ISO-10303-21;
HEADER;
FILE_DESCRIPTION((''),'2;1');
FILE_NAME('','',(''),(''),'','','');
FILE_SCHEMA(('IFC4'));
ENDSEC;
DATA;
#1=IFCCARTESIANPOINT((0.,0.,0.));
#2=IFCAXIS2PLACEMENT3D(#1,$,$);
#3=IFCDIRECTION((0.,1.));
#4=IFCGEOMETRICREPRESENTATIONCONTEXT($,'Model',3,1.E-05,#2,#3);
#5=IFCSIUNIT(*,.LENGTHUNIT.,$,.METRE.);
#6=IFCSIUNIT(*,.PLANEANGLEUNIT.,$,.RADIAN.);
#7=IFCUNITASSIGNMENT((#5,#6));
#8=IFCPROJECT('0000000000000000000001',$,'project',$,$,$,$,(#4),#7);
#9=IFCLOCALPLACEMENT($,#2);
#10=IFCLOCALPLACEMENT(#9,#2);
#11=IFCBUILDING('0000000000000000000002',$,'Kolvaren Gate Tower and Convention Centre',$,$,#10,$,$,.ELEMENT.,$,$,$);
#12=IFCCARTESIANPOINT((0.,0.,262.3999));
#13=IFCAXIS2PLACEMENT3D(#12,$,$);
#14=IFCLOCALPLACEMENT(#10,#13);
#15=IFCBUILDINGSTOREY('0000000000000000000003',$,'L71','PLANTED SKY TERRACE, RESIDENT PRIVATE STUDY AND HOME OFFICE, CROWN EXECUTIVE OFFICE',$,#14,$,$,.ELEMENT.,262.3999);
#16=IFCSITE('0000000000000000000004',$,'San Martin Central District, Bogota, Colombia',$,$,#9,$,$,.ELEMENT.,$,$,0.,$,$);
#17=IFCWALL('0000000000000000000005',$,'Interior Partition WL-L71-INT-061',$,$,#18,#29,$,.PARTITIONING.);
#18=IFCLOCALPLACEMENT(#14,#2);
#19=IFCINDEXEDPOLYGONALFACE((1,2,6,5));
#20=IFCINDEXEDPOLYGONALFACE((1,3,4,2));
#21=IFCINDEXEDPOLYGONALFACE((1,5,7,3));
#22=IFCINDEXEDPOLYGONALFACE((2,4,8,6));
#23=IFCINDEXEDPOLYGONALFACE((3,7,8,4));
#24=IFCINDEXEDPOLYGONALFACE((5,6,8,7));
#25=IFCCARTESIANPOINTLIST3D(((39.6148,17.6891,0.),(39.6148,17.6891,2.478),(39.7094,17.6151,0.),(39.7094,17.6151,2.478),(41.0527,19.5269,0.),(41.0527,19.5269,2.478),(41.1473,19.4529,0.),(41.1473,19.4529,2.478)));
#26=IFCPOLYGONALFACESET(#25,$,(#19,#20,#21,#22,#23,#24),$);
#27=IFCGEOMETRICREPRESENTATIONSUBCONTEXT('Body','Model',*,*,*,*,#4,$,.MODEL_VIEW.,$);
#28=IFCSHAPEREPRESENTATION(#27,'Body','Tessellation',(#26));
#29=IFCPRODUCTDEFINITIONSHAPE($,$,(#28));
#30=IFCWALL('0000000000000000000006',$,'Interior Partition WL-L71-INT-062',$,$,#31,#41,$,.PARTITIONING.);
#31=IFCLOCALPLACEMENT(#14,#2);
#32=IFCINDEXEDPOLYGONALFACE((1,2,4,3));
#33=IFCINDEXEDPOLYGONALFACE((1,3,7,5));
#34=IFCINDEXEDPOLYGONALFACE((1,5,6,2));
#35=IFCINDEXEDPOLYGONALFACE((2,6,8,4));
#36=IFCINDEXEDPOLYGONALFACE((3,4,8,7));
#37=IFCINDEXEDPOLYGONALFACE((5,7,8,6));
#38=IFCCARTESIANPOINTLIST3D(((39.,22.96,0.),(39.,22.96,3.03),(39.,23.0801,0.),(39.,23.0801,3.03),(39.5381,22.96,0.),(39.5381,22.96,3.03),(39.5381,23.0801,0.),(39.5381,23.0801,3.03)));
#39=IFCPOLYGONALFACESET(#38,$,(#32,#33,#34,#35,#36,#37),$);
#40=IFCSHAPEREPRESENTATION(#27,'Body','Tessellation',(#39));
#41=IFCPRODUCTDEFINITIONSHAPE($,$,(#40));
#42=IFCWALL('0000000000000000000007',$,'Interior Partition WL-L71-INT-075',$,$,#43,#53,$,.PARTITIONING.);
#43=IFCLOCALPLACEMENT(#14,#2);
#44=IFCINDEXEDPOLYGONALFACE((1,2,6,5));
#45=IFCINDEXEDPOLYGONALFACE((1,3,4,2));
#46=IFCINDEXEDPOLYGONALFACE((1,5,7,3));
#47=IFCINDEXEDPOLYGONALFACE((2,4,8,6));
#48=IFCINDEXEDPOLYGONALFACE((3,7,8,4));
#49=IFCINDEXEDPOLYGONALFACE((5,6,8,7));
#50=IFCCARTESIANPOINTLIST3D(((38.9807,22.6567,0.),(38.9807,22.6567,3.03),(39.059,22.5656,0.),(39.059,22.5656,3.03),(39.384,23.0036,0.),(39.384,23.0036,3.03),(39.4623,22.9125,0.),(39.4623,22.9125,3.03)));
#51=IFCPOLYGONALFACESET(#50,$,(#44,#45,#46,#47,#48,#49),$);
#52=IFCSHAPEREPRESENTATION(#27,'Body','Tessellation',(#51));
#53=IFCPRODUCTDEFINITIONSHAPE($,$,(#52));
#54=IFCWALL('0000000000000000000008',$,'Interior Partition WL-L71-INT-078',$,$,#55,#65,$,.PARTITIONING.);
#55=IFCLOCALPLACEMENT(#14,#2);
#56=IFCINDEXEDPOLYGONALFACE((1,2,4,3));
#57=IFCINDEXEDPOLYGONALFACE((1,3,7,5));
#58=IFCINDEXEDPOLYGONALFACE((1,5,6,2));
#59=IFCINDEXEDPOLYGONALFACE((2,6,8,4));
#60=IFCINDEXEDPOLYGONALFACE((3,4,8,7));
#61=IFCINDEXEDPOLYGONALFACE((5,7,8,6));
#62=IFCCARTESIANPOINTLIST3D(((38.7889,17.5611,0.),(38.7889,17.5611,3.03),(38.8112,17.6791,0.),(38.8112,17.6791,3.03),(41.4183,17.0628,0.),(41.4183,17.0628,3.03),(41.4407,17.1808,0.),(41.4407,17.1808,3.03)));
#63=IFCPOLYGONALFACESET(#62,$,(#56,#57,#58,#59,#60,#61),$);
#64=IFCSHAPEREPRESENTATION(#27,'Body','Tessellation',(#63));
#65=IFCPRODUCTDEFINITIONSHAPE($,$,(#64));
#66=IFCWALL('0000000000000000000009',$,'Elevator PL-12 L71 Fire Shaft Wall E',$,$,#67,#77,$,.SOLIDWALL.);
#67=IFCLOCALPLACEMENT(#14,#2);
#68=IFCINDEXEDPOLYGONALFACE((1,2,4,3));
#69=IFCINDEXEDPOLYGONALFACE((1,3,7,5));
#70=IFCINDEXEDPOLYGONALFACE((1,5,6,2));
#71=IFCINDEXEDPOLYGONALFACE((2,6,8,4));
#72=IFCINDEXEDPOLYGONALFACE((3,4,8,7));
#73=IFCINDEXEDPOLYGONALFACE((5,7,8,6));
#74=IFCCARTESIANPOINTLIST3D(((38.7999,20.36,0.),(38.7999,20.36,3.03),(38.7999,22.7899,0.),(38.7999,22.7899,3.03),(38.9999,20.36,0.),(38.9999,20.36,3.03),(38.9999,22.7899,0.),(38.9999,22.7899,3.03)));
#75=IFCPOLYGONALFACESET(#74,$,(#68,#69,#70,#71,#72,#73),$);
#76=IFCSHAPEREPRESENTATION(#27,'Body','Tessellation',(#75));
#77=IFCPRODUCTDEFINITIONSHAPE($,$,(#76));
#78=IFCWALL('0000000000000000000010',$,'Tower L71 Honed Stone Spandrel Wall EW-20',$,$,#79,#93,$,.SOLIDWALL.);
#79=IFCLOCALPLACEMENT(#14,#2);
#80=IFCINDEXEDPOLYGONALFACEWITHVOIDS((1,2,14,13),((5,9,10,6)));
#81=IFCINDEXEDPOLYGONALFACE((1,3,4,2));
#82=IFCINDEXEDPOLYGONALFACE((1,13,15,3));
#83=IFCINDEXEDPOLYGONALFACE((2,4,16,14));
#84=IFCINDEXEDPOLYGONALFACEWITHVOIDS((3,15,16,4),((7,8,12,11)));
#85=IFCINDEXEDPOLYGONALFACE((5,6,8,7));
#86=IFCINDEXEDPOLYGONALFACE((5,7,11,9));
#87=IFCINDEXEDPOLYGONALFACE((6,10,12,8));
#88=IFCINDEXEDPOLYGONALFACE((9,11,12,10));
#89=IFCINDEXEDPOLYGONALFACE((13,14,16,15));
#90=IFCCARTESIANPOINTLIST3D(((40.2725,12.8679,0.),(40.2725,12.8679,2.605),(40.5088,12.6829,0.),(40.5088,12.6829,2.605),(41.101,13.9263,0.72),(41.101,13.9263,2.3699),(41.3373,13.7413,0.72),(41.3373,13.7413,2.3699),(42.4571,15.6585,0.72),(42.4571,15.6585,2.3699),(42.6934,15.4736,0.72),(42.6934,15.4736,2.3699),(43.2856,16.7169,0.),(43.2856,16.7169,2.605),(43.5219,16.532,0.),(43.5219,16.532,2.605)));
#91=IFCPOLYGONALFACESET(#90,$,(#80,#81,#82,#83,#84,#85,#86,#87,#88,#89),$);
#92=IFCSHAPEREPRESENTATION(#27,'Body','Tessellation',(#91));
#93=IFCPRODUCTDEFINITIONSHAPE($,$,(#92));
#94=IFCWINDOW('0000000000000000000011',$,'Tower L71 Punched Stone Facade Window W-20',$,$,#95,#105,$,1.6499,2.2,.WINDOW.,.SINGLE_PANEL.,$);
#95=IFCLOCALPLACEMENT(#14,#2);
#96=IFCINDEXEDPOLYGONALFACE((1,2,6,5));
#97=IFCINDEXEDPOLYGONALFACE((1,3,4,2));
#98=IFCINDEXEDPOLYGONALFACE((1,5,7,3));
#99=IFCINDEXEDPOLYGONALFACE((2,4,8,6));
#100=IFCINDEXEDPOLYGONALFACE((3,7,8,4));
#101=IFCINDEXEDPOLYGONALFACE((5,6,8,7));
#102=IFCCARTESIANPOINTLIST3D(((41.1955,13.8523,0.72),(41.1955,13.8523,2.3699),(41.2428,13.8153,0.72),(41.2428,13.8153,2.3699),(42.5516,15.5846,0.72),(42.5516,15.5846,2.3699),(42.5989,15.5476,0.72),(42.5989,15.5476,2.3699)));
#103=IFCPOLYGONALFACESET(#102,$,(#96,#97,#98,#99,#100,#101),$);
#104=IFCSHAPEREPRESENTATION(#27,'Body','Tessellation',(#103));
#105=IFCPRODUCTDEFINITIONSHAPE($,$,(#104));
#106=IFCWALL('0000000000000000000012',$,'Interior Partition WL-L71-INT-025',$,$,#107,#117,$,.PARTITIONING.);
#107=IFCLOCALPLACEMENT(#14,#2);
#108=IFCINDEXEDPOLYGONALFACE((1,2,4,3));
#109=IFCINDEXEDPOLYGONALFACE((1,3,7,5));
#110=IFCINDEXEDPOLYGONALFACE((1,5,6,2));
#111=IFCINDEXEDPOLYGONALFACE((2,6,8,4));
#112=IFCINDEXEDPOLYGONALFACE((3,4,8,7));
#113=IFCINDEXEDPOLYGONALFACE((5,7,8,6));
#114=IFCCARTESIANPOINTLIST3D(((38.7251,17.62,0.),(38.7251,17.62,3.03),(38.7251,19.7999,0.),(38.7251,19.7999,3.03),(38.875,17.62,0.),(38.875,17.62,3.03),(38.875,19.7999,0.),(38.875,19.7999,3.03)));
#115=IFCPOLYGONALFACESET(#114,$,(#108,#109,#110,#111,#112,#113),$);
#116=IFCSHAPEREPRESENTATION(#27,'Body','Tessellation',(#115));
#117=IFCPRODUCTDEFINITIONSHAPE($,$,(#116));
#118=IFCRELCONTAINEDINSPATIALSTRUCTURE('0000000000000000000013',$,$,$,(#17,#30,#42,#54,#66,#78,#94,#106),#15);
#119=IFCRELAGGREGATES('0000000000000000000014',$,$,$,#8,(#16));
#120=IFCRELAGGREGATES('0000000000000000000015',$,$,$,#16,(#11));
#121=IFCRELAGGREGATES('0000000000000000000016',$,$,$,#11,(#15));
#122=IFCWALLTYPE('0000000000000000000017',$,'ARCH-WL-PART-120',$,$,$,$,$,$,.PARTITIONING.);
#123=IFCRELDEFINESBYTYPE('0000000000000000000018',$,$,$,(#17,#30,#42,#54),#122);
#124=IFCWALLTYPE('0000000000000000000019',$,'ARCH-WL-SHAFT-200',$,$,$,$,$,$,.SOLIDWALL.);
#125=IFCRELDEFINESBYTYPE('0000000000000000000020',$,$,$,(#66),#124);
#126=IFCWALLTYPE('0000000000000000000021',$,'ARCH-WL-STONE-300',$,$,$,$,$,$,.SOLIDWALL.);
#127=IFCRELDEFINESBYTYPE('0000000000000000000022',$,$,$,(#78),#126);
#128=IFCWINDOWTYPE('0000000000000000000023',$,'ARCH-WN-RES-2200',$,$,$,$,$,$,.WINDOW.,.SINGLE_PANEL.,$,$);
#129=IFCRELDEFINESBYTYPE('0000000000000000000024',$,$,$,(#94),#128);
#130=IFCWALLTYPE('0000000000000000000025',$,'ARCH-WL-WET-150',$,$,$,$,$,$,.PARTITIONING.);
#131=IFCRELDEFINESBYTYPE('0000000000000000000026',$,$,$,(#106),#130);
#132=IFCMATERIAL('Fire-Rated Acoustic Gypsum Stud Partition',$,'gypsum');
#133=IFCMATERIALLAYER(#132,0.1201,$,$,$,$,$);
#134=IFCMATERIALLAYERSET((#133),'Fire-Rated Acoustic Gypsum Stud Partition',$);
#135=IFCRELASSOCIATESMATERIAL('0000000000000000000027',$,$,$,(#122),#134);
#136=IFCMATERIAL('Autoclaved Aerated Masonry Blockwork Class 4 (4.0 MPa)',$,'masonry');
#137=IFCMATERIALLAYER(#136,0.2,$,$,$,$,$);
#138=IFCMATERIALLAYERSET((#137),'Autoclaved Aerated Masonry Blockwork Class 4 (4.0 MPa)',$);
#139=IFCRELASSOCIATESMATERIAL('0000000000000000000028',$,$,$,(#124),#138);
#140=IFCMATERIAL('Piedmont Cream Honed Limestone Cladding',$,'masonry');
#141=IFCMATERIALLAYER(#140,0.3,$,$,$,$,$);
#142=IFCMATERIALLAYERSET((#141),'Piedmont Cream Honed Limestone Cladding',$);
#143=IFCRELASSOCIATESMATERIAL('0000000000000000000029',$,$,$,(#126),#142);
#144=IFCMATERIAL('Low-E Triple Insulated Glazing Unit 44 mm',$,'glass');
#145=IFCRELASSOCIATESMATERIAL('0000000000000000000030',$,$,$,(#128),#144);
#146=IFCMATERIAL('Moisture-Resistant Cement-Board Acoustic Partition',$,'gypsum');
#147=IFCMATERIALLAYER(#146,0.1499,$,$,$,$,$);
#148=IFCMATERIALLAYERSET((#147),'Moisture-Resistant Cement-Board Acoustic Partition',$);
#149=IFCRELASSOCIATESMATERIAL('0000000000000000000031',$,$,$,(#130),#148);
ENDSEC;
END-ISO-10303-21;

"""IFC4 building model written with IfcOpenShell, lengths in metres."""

from ifc_helpers import new_model, si_unit, direction, frame, frame_2d, origin, place, context, subcontext, project, spatial, rectangle, extrude, material, layer, layer_set, type_object, element, fill, save


model = new_model("IFC4")

# Units and contexts
model_context = context("Model", 3, precision=1e-05, world=origin(), true_north=direction((0.0, 1.0)))
body_context = subcontext(model_context, "Body", "Model", "MODEL_VIEW")
ifc_project = project(units=[si_unit("LENGTHUNIT", "METRE"), si_unit("PLANEANGLEUNIT", "RADIAN")], contexts=[model_context])

# Site, building, storey
site_placement = place(None, origin())
site = spatial("IfcSite", under=ifc_project, at=site_placement, Name="San Martin Central District, Bogota, Colombia", CompositionType="ELEMENT", RefElevation=0.0)
building_placement = place(site_placement, origin())
building = spatial("IfcBuilding", under=site, at=building_placement, Name="Kolvaren Gate Tower and Convention Centre", CompositionType="ELEMENT")
storey_placement = place(building_placement, frame((0.0, 0.0, 262.3999)))
storey = spatial("IfcBuildingStorey", under=building, at=storey_placement, Name="L71", Description="PLANTED SKY TERRACE, RESIDENT PRIVATE STUDY AND HOME OFFICE, CROWN EXECUTIVE OFFICE", CompositionType="ELEMENT", Elevation=262.3999)

# Walls
ifc_material_1 = material(Name="Fire-Rated Acoustic Gypsum Stud Partition", Category="gypsum")
ifc_layer_1 = layer(ifc_material_1, 0.1201)
ifc_layer_set_1 = layer_set([ifc_layer_1], Name="Fire-Rated Acoustic Gypsum Stud Partition")
wall_type_1 = type_object("IfcWallType", Name="ARCH-WL-PART-120", PredefinedType="PARTITIONING", material=ifc_layer_set_1)
wall_1_placement = place(storey_placement, frame((39.6621, 17.6521, 0.0), z_axis=(0.0, 0.0, 1.0), x_axis=(0.616212, 0.78758, 0.0)))
element("IfcWall", 1, at=wall_1_placement, inside=storey, type_object=wall_type_1, Name="Interior Partition WL-L71-INT-061", PredefinedType="PARTITIONING", context=body_context, shape_type="SweptSolid", body=[
    extrude(rectangle(XDim=2.3335, YDim=0.1201, at=frame_2d((1.1667, 0.0))), origin(), (0.0, 0.0, 1.0), 2.478),
])
wall_2_placement = place(storey_placement, frame((39.0, 23.02, 0.0), z_axis=(0.0, 0.0, 1.0), x_axis=(1.0, 0.0, 0.0)))
element("IfcWall", 2, at=wall_2_placement, inside=storey, type_object=wall_type_1, Name="Interior Partition WL-L71-INT-062", PredefinedType="PARTITIONING", context=body_context, shape_type="SweptSolid", body=[
    extrude(rectangle(XDim=0.5381, YDim=0.1201, at=frame_2d((0.269, 0.0))), origin(), (0.0, 0.0, 1.0), 3.03),
])
wall_3_placement = place(storey_placement, frame((39.0198, 22.6111, 0.0), z_axis=(0.0, 0.0, 1.0), x_axis=(0.758122, 0.652113, 0.0)))
element("IfcWall", 3, at=wall_3_placement, inside=storey, type_object=wall_type_1, Name="Interior Partition WL-L71-INT-075", PredefinedType="PARTITIONING", context=body_context, shape_type="SweptSolid", body=[
    extrude(rectangle(XDim=0.532, YDim=0.1201, at=frame_2d((0.2661, 0.0))), origin(), (0.0, 0.0, 1.0), 3.03),
])
wall_4_placement = place(storey_placement, frame((38.8, 17.6201, 0.0), z_axis=(0.0, 0.0, 1.0), x_axis=(0.982513, -0.186194, 0.0)))
element("IfcWall", 4, at=wall_4_placement, inside=storey, type_object=wall_type_1, Name="Interior Partition WL-L71-INT-078", PredefinedType="PARTITIONING", context=body_context, shape_type="SweptSolid", body=[
    extrude(rectangle(XDim=2.6763, YDim=0.1201, at=frame_2d((1.3381, 0.0))), origin(), (0.0, 0.0, 1.0), 3.03),
])
ifc_material_2 = material(Name="Autoclaved Aerated Masonry Blockwork Class 4 (4.0 MPa)", Category="masonry")
ifc_layer_2 = layer(ifc_material_2, 0.2)
ifc_layer_set_2 = layer_set([ifc_layer_2], Name="Autoclaved Aerated Masonry Blockwork Class 4 (4.0 MPa)")
wall_type_2 = type_object("IfcWallType", Name="ARCH-WL-SHAFT-200", PredefinedType="SOLIDWALL", material=ifc_layer_set_2)
wall_5_placement = place(storey_placement, frame((38.8999, 20.3601, 0.0), z_axis=(0.0, 0.0, 1.0), x_axis=(0.0, 1.0, 0.0)))
element("IfcWall", 5, at=wall_5_placement, inside=storey, type_object=wall_type_2, Name="Elevator PL-12 L71 Fire Shaft Wall E", PredefinedType="SOLIDWALL", context=body_context, shape_type="SweptSolid", body=[
    extrude(rectangle(XDim=2.4299, YDim=0.2, at=frame_2d((1.2148, 0.0))), origin(), (0.0, 0.0, 1.0), 3.03),
])

# Wall, opening, window
ifc_material_3 = material(Name="Piedmont Cream Honed Limestone Cladding", Category="masonry")
ifc_layer_3 = layer(ifc_material_3, 0.3)
ifc_layer_set_3 = layer_set([ifc_layer_3], Name="Piedmont Cream Honed Limestone Cladding")
wall_type_3 = type_object("IfcWallType", Name="ARCH-WL-STONE-300", PredefinedType="SOLIDWALL", material=ifc_layer_set_3)
wall_6_placement = place(storey_placement, frame((40.3906, 12.7754, 0.0), z_axis=(0.0, 0.0, 1.0), x_axis=(0.616413, 0.787423, 0.0)))
wall_6 = element("IfcWall", 6, at=wall_6_placement, inside=storey, type_object=wall_type_3, Name="Tower L71 Honed Stone Spandrel Wall EW-20", PredefinedType="SOLIDWALL", context=body_context, shape_type="SweptSolid", body=[
    extrude(rectangle(XDim=4.8882, YDim=0.3, at=frame_2d((2.4441, 0.0))), origin(), (0.0, 0.0, 1.0), 2.605),
])
opening_placement = place(wall_6_placement, frame((1.344, 0.0, 0.72)))
opening = element("IfcOpeningElement", 7, at=opening_placement, cuts=wall_6, PredefinedType="OPENING", context=body_context, shape_type="SweptSolid", body=[
    extrude(rectangle(XDim=2.2, YDim=1.6499, at=frame_2d((1.1001, 0.825))), frame((0.0, 0.1599, 0.0), z_axis=(0.0, -1.0, 0.0), x_axis=(1.0, 0.0, 0.0)), (0.0, 0.0, 1.0), 0.3201),
])
ifc_material_4 = material(Name="Low-E Triple Insulated Glazing Unit 44 mm", Category="glass")
window_type = type_object("IfcWindowType", Name="ARCH-WN-RES-2200", PartitioningType="SINGLE_PANEL", PredefinedType="WINDOW", material=ifc_material_4)
window_placement = place(opening_placement, origin())
window = element("IfcWindow", 8, at=window_placement, inside=storey, type_object=window_type, Name="Tower L71 Punched Stone Facade Window W-20", OverallHeight=1.6499, OverallWidth=2.2, PartitioningType="SINGLE_PANEL", PredefinedType="WINDOW", context=body_context, shape_type="SweptSolid", body=[
    extrude(rectangle(XDim=2.2, YDim=1.6499, at=frame_2d((1.1001, 0.825))), frame((0.0, 0.03, 0.0), z_axis=(0.0, -1.0, 0.0), x_axis=(1.0, 0.0, 0.0)), (0.0, 0.0, 1.0), 0.0601),
])
fill(opening, window)

# Wall
ifc_material_5 = material(Name="Moisture-Resistant Cement-Board Acoustic Partition", Category="gypsum")
ifc_layer_4 = layer(ifc_material_5, 0.1499)
ifc_layer_set_4 = layer_set([ifc_layer_4], Name="Moisture-Resistant Cement-Board Acoustic Partition")
wall_type_4 = type_object("IfcWallType", Name="ARCH-WL-WET-150", PredefinedType="PARTITIONING", material=ifc_layer_set_4)
wall_7_placement = place(storey_placement, frame((38.8, 17.6201, 0.0), z_axis=(0.0, 0.0, 1.0), x_axis=(0.0, 1.0, 0.0)))
element("IfcWall", 9, at=wall_7_placement, inside=storey, type_object=wall_type_4, Name="Interior Partition WL-L71-INT-025", PredefinedType="PARTITIONING", context=body_context, shape_type="SweptSolid", body=[
    extrude(rectangle(XDim=2.1799, YDim=0.1499, at=frame_2d((1.0898, 0.0))), origin(), (0.0, 0.0, 1.0), 3.03),
])

save(model, "model.ifc")
